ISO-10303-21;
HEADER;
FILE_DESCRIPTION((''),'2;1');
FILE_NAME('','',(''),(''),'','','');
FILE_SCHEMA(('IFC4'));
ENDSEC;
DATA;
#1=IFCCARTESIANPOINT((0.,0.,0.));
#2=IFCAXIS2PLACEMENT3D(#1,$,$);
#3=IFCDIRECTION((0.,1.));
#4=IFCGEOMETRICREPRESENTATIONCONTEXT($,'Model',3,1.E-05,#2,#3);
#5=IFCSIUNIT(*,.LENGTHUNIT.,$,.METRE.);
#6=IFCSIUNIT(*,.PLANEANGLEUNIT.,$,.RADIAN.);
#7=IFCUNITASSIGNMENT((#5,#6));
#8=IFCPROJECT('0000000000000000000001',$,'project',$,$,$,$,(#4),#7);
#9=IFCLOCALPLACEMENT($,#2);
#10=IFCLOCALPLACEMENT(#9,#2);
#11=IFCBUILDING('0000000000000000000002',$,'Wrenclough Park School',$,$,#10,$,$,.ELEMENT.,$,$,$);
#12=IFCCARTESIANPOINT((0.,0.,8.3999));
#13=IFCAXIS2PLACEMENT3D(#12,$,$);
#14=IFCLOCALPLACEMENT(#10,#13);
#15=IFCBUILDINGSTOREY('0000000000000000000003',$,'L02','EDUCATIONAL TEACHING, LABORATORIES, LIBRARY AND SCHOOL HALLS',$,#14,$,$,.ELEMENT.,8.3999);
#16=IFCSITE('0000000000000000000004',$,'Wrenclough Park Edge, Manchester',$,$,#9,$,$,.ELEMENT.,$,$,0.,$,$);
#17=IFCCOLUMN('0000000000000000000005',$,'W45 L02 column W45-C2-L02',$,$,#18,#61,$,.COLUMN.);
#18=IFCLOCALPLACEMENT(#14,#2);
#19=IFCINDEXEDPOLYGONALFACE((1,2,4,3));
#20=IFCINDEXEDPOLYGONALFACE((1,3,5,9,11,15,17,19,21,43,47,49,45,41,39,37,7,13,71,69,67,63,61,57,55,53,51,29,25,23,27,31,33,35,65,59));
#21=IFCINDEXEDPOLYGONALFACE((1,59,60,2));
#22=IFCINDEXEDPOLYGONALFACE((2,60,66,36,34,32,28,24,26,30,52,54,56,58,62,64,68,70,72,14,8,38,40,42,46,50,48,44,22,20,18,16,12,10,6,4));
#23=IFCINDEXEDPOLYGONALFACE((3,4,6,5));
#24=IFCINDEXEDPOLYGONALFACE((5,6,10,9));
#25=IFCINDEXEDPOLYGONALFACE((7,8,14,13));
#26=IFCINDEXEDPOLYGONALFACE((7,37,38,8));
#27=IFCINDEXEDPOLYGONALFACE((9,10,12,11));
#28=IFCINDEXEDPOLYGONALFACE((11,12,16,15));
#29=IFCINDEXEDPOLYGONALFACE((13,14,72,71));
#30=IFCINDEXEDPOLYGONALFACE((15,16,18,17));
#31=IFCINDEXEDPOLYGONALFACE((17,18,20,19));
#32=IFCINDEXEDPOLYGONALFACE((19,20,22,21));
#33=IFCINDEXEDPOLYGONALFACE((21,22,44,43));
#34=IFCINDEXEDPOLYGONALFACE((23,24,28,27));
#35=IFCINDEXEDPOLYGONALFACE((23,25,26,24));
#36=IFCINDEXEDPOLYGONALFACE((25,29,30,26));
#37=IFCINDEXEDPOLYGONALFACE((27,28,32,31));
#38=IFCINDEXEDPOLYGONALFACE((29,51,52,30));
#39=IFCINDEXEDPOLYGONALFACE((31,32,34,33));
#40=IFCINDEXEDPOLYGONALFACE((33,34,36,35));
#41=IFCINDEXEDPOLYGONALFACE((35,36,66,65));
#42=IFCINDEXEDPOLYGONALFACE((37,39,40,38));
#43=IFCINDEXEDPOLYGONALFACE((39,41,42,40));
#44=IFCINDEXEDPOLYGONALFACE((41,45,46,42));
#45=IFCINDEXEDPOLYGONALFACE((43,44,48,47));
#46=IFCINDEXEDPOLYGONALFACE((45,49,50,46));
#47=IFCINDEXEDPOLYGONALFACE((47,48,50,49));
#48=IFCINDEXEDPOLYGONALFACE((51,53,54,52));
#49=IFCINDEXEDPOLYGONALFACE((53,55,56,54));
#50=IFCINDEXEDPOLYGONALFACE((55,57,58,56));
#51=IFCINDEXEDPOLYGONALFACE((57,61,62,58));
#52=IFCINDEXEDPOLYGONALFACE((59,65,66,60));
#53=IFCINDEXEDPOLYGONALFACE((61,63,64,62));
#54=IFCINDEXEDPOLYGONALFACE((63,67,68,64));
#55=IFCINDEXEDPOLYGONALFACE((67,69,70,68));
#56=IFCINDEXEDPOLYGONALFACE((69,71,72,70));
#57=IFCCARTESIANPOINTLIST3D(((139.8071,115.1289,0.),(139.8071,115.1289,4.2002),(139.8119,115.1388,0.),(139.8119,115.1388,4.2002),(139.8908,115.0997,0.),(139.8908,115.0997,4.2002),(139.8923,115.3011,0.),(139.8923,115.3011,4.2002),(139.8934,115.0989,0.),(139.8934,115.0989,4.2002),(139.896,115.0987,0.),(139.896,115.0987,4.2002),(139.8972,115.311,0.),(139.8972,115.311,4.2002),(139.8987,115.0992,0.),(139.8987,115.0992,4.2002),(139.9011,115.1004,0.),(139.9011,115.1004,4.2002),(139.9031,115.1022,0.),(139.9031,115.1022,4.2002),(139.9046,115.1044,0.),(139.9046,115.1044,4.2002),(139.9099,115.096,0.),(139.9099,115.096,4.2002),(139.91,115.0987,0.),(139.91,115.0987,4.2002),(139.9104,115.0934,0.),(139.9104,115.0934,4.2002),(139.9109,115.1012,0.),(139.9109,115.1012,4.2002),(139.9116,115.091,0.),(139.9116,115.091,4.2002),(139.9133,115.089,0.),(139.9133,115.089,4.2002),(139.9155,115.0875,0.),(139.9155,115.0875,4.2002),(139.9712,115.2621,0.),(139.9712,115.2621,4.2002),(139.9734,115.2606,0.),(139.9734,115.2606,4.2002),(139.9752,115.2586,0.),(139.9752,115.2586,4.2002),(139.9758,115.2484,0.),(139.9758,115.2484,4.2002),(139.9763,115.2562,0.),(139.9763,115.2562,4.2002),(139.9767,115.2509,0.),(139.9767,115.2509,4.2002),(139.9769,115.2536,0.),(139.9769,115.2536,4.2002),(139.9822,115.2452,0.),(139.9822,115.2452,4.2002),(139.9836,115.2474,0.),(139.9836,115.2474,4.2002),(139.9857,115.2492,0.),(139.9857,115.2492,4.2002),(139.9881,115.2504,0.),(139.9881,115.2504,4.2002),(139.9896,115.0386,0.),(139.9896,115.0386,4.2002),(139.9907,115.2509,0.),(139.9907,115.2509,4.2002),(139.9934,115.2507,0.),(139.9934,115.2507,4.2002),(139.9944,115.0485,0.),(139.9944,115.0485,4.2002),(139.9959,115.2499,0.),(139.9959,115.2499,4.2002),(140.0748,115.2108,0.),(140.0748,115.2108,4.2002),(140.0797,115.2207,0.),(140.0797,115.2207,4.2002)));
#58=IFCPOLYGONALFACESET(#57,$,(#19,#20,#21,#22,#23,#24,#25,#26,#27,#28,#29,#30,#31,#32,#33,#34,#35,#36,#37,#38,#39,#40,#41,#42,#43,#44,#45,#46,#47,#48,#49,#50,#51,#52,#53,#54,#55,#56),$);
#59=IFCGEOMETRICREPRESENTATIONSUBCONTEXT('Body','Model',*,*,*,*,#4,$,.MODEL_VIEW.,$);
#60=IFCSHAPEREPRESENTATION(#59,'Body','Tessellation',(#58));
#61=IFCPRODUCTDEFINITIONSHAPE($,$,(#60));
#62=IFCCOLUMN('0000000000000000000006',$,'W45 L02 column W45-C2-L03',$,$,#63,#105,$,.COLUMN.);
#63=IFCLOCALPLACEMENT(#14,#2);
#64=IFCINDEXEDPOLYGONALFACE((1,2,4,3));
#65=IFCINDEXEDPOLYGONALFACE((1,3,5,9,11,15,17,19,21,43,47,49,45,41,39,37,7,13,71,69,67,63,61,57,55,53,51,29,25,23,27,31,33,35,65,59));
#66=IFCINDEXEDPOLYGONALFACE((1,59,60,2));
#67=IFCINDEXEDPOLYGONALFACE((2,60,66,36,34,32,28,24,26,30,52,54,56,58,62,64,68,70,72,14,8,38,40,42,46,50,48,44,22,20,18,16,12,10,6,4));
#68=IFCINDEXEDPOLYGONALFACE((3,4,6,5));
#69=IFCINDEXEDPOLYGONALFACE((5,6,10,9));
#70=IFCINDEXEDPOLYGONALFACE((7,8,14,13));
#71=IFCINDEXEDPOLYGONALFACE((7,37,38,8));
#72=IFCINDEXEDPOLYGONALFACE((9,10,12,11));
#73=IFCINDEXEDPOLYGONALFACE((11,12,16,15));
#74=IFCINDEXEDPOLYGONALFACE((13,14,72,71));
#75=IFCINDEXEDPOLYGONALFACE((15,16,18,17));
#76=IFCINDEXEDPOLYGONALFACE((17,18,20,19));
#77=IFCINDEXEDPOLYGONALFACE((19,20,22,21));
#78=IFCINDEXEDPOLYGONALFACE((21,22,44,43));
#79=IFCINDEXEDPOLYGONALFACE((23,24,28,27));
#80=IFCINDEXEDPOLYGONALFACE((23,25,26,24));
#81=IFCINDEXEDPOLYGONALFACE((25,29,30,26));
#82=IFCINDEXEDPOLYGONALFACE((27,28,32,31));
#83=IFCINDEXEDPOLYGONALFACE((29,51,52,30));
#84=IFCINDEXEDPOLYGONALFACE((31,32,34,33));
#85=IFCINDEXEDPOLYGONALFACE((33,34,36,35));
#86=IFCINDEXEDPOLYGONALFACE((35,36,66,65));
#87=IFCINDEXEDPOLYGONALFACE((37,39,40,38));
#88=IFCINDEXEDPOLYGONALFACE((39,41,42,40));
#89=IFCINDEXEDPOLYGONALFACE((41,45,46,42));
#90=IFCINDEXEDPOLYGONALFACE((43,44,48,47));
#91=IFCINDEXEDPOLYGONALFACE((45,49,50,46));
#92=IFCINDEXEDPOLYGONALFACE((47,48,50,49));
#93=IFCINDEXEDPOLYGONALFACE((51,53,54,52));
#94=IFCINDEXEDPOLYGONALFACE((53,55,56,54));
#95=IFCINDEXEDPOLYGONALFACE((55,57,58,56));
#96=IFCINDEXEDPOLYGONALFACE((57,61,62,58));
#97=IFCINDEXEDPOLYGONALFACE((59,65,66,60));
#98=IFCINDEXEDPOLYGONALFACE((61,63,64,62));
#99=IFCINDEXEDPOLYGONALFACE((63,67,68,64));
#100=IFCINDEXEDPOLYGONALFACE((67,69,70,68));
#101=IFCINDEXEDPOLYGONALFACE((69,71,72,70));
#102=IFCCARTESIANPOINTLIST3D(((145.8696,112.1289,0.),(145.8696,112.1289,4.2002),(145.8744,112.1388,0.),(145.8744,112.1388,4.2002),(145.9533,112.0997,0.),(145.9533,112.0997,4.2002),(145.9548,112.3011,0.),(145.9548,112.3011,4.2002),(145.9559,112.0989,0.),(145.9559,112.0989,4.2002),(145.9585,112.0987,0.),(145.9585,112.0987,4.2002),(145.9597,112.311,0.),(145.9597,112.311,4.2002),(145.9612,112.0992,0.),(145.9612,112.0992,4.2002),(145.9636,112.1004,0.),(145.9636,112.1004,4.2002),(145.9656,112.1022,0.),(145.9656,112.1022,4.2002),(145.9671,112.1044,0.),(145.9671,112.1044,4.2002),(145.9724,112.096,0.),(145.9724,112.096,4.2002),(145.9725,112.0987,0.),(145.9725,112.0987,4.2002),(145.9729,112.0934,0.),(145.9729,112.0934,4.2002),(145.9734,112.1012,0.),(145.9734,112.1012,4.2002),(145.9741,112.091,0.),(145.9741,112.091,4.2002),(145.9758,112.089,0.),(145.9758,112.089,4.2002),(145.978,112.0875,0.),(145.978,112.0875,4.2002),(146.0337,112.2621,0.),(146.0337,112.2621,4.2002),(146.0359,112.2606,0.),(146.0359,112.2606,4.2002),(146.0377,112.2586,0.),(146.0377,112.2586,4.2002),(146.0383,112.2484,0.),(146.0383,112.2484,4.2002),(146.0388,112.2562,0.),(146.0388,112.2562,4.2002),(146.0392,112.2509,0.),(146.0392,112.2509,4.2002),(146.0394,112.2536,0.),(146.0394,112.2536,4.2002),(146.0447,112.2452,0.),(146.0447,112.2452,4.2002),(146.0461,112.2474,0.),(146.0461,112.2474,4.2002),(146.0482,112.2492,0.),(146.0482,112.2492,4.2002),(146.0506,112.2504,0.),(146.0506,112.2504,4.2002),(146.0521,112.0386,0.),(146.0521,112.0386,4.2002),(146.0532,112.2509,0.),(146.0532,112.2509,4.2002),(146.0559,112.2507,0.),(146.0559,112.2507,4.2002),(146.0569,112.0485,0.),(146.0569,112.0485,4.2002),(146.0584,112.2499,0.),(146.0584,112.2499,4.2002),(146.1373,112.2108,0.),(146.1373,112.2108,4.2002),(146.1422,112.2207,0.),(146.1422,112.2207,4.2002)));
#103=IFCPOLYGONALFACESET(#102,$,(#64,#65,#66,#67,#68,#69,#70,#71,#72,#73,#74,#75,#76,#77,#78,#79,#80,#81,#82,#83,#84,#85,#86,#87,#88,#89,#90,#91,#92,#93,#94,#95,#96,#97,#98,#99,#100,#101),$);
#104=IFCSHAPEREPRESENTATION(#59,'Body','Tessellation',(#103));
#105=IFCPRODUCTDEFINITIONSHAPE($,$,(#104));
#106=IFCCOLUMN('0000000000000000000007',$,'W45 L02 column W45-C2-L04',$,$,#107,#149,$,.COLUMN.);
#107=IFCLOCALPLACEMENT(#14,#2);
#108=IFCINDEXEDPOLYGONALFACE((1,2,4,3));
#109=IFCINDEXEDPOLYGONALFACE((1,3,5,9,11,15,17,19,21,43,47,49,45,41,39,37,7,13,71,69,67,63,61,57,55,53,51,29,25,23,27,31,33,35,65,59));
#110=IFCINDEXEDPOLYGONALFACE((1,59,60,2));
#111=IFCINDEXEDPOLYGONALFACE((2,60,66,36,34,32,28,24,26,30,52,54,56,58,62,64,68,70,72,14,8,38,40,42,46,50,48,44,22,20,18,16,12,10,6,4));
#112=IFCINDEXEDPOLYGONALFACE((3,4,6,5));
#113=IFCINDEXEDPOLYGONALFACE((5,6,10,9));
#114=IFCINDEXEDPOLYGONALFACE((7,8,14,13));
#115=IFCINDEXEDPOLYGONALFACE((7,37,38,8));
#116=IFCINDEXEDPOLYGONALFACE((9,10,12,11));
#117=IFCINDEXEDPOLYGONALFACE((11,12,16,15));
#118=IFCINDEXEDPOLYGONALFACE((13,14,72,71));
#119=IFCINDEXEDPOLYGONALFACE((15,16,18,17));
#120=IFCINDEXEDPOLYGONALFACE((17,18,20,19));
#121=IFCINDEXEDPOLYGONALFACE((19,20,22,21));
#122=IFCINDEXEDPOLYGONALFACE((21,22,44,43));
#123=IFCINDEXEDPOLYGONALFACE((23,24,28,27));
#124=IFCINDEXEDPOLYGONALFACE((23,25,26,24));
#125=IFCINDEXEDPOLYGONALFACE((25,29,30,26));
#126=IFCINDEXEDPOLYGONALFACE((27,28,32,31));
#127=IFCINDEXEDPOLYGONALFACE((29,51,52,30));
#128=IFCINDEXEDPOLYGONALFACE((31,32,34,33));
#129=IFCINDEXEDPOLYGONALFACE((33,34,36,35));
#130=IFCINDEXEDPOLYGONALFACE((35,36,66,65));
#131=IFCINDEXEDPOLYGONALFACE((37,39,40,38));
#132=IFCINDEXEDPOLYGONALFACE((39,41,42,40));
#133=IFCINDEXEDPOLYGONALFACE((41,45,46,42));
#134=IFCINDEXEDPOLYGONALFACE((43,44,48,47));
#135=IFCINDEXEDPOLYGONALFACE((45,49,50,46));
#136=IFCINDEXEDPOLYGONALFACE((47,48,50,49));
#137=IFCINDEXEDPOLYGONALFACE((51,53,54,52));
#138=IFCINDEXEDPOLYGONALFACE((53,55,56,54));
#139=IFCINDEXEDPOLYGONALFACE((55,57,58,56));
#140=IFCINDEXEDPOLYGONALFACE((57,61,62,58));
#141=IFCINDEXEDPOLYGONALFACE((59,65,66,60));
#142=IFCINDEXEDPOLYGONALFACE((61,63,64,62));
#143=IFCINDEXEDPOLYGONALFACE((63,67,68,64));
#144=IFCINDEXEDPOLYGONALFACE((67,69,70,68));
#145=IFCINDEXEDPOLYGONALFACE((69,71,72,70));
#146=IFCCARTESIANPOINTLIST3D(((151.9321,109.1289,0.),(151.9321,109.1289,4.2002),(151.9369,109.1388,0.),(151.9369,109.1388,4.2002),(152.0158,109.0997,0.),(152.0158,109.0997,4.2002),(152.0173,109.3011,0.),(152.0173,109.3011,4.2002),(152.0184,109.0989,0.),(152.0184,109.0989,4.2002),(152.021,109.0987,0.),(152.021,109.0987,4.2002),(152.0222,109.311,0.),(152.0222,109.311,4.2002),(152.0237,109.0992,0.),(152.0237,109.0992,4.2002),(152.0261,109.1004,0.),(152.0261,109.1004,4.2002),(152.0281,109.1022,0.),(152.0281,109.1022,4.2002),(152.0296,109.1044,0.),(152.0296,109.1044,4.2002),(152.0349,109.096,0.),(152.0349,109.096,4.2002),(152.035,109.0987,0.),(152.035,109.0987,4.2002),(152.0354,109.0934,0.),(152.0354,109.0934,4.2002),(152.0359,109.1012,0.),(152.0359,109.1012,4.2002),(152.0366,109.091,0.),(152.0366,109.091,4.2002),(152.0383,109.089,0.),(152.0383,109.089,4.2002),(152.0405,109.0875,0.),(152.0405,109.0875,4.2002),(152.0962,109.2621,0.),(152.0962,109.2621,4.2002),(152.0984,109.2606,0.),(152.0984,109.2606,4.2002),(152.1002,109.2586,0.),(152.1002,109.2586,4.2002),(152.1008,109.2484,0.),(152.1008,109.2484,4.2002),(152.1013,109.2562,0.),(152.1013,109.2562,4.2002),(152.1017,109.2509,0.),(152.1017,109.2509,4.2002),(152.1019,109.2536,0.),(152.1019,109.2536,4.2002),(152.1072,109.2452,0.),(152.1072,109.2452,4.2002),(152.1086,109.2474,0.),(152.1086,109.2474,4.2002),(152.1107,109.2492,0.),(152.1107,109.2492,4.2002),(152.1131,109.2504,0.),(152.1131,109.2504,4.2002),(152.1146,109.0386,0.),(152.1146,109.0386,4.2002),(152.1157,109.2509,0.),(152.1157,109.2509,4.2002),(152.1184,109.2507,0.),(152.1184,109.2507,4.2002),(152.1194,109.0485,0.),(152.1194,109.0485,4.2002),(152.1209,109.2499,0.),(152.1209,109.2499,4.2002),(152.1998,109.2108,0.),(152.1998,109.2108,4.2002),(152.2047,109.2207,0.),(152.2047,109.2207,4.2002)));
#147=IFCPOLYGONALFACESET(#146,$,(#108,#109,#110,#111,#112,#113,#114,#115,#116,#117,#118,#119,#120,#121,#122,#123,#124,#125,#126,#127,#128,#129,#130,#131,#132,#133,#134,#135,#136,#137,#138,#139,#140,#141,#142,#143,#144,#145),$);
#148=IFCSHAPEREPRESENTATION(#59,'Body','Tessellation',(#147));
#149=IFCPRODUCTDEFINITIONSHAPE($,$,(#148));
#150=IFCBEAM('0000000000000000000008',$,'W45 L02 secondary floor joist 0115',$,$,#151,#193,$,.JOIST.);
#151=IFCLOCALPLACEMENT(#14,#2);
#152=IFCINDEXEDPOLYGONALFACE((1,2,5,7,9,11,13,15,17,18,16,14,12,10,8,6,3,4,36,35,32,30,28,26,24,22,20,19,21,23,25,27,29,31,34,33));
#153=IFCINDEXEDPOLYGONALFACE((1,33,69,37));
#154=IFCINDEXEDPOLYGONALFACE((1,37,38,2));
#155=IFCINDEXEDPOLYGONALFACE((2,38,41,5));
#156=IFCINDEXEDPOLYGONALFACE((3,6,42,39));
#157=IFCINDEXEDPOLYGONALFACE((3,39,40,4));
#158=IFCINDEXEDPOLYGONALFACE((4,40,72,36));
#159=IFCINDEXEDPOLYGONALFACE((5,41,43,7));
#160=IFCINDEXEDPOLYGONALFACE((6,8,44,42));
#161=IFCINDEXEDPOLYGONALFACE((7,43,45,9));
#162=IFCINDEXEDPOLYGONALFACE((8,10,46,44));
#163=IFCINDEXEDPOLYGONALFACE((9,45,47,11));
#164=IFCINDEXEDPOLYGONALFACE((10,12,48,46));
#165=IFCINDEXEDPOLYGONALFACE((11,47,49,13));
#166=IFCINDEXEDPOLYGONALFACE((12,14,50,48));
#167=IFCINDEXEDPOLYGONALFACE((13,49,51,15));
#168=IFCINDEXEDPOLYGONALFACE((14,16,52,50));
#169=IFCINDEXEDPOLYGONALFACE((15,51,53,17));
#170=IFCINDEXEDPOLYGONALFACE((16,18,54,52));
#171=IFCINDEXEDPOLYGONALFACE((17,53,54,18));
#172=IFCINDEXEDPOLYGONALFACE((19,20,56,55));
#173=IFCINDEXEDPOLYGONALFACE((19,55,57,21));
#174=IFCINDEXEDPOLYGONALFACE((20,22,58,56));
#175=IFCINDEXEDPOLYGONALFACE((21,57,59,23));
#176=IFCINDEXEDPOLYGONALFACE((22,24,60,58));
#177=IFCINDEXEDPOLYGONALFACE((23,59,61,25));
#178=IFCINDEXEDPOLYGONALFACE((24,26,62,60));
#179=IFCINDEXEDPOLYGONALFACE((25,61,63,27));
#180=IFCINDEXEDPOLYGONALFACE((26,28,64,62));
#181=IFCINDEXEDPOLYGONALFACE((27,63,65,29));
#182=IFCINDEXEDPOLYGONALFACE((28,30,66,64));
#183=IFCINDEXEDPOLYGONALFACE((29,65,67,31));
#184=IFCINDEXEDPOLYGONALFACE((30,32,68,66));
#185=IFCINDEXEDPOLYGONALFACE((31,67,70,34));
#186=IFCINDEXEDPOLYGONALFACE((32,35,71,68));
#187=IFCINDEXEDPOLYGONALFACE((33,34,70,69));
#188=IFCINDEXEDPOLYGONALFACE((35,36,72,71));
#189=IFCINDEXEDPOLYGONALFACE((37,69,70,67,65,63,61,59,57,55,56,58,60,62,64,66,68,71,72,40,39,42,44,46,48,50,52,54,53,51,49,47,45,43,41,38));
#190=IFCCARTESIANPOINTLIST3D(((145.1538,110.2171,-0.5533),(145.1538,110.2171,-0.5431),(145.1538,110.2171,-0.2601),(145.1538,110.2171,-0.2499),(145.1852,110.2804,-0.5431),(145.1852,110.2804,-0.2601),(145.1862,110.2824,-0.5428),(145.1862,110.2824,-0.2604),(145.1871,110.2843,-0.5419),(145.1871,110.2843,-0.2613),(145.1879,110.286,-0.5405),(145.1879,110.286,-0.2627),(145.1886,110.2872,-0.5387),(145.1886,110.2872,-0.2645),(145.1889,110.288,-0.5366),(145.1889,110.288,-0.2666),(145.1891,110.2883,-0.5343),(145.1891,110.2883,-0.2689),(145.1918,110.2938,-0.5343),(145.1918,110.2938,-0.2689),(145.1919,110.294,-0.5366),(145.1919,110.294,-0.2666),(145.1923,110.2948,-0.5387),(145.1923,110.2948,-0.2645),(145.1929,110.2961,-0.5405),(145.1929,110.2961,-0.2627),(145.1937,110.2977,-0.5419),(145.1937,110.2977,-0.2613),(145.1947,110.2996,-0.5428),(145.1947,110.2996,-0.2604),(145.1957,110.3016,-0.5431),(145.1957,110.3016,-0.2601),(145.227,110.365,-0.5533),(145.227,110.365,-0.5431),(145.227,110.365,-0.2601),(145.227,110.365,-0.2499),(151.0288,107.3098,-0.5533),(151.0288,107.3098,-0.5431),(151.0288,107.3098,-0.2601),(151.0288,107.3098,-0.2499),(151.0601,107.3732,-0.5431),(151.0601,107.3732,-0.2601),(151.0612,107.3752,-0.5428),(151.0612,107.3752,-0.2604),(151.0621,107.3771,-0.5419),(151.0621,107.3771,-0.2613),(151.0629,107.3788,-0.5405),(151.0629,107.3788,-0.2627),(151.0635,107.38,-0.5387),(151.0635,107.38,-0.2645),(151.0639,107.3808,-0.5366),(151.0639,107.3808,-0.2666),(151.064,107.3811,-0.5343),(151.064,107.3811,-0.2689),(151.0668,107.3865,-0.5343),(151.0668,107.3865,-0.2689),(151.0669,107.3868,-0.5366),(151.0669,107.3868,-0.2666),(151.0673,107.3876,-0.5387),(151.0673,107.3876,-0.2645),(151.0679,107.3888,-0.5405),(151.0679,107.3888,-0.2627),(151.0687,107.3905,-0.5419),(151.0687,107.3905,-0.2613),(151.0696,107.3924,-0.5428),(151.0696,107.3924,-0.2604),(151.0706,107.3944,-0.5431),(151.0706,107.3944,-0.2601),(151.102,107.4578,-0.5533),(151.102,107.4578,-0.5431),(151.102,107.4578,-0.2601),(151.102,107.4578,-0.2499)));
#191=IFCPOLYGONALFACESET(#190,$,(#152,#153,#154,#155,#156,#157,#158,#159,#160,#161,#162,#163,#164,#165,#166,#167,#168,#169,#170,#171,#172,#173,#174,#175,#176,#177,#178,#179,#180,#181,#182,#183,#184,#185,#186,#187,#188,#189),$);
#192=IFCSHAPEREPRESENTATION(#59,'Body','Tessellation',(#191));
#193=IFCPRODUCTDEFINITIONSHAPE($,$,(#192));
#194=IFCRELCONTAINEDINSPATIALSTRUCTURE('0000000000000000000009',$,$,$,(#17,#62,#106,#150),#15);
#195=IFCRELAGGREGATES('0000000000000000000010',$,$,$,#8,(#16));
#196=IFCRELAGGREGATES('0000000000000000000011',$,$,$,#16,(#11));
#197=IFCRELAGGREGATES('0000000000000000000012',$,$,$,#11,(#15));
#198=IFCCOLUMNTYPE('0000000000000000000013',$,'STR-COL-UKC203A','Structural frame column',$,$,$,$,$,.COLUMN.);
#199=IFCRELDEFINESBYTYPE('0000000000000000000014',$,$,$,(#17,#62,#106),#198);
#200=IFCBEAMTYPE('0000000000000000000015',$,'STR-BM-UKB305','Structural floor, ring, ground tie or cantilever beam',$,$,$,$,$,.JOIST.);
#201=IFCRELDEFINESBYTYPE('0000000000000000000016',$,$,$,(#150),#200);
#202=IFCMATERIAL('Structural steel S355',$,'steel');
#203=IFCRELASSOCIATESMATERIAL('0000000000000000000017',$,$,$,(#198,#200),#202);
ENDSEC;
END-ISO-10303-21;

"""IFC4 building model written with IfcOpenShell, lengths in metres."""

from ifc_helpers import new_model, si_unit, direction, frame, origin, origin_2d, place, context, subcontext, project, spatial, i_section, extrude, material, material_profile, profile_set, type_object, element, save


model = new_model("IFC4")

# Units and contexts
model_context = context("Model", 3, precision=1e-05, world=origin(), true_north=direction((0.0, 1.0)))
body_context = subcontext(model_context, "Body", "Model", "MODEL_VIEW")
ifc_project = project(units=[si_unit("LENGTHUNIT", "METRE"), si_unit("PLANEANGLEUNIT", "RADIAN")], contexts=[model_context])

# Site, building, storey
site_placement = place(None, origin())
site = spatial("IfcSite", under=ifc_project, at=site_placement, Name="Wrenclough Park Edge, Manchester", CompositionType="ELEMENT", RefElevation=0.0)
building_placement = place(site_placement, origin())
building = spatial("IfcBuilding", under=site, at=building_placement, Name="Wrenclough Park School", CompositionType="ELEMENT")
storey_placement = place(building_placement, frame((0.0, 0.0, 8.3999)))
storey = spatial("IfcBuildingStorey", under=building, at=storey_placement, Name="L02", Description="EDUCATIONAL TEACHING, LABORATORIES, LIBRARY AND SCHOOL HALLS", CompositionType="ELEMENT", Elevation=8.3999)

# Columns
ifc_material_1 = material(Name="Structural steel S355", Category="steel")
ifc_material_profile_1 = material_profile(ifc_material_1, i_section(OverallWidth=0.2036, OverallDepth=0.2031, WebThickness=0.0071, FlangeThickness=0.011, FilletRadius=0.0103, at=origin_2d()), Name="UKC 203x203x46")
ifc_profile_set_1 = profile_set([ifc_material_profile_1], Name="Structural steel S355")
column_type = type_object("IfcColumnType", Name="STR-COL-UKC203A", Description="Structural frame column", PredefinedType="COLUMN", material=ifc_profile_set_1)
for number, where, z_axis, x_axis, name in (
    (1, (139.9434, 115.1748, 0.0), (0.0, 0.0, 1.0), (0.896254, -0.443541, 0.0), "W45 L02 column W45-C2-L02"),
    (2, (146.0059, 112.1748, 0.0), (0.0, 0.0, 1.0), (0.896254, -0.443541, 0.0), "W45 L02 column W45-C2-L03"),
    (3, (152.0684, 109.1748, 0.0), (0.0, 0.0, 1.0), (0.896254, -0.443541, 0.0), "W45 L02 column W45-C2-L04"),
):
    element("IfcColumn", number, at=place(storey_placement, frame(where, z_axis=z_axis, x_axis=x_axis)), inside=storey, type_object=column_type, Name=name, PredefinedType="COLUMN", context=body_context, shape_type="SweptSolid", body=[
        extrude(i_section(OverallWidth=0.2036, OverallDepth=0.2031, WebThickness=0.0071, FlangeThickness=0.011, FilletRadius=0.0103, at=origin_2d()), origin(), (0.0, 0.0, 1.0), 4.2002),
    ])

# Beam
ifc_material_profile_2 = material_profile(ifc_material_1, i_section(OverallWidth=0.165, OverallDepth=0.3035, WebThickness=0.0061, FlangeThickness=0.0103, FilletRadius=0.0088, at=origin_2d()), Name="UKB 305x165x40")
ifc_profile_set_2 = profile_set([ifc_material_profile_2], Name="Structural steel S355")
beam_type_1 = type_object("IfcBeamType", Name="STR-BM-UKB305", Description="Structural floor, ring, ground tie or cantilever beam", PredefinedType="JOIST", material=ifc_profile_set_2)
beam_1_placement = place(storey_placement, frame((145.1904, 110.291, -0.4016), z_axis=(0.896267, -0.443515, 0.0), x_axis=(0.443515, 0.896267, 0.0)))
element("IfcBeam", 4, at=beam_1_placement, inside=storey, type_object=beam_type_1, Name="W45 L02 secondary floor joist 0115", PredefinedType="JOIST", context=body_context, shape_type="SweptSolid", body=[
    extrude(i_section(OverallWidth=0.165, OverallDepth=0.3035, WebThickness=0.0061, FlangeThickness=0.0103, FilletRadius=0.0088, at=origin_2d()), origin(), (0.0, 0.0, 1.0), 6.5549),
])

save(model, "model.ifc")
